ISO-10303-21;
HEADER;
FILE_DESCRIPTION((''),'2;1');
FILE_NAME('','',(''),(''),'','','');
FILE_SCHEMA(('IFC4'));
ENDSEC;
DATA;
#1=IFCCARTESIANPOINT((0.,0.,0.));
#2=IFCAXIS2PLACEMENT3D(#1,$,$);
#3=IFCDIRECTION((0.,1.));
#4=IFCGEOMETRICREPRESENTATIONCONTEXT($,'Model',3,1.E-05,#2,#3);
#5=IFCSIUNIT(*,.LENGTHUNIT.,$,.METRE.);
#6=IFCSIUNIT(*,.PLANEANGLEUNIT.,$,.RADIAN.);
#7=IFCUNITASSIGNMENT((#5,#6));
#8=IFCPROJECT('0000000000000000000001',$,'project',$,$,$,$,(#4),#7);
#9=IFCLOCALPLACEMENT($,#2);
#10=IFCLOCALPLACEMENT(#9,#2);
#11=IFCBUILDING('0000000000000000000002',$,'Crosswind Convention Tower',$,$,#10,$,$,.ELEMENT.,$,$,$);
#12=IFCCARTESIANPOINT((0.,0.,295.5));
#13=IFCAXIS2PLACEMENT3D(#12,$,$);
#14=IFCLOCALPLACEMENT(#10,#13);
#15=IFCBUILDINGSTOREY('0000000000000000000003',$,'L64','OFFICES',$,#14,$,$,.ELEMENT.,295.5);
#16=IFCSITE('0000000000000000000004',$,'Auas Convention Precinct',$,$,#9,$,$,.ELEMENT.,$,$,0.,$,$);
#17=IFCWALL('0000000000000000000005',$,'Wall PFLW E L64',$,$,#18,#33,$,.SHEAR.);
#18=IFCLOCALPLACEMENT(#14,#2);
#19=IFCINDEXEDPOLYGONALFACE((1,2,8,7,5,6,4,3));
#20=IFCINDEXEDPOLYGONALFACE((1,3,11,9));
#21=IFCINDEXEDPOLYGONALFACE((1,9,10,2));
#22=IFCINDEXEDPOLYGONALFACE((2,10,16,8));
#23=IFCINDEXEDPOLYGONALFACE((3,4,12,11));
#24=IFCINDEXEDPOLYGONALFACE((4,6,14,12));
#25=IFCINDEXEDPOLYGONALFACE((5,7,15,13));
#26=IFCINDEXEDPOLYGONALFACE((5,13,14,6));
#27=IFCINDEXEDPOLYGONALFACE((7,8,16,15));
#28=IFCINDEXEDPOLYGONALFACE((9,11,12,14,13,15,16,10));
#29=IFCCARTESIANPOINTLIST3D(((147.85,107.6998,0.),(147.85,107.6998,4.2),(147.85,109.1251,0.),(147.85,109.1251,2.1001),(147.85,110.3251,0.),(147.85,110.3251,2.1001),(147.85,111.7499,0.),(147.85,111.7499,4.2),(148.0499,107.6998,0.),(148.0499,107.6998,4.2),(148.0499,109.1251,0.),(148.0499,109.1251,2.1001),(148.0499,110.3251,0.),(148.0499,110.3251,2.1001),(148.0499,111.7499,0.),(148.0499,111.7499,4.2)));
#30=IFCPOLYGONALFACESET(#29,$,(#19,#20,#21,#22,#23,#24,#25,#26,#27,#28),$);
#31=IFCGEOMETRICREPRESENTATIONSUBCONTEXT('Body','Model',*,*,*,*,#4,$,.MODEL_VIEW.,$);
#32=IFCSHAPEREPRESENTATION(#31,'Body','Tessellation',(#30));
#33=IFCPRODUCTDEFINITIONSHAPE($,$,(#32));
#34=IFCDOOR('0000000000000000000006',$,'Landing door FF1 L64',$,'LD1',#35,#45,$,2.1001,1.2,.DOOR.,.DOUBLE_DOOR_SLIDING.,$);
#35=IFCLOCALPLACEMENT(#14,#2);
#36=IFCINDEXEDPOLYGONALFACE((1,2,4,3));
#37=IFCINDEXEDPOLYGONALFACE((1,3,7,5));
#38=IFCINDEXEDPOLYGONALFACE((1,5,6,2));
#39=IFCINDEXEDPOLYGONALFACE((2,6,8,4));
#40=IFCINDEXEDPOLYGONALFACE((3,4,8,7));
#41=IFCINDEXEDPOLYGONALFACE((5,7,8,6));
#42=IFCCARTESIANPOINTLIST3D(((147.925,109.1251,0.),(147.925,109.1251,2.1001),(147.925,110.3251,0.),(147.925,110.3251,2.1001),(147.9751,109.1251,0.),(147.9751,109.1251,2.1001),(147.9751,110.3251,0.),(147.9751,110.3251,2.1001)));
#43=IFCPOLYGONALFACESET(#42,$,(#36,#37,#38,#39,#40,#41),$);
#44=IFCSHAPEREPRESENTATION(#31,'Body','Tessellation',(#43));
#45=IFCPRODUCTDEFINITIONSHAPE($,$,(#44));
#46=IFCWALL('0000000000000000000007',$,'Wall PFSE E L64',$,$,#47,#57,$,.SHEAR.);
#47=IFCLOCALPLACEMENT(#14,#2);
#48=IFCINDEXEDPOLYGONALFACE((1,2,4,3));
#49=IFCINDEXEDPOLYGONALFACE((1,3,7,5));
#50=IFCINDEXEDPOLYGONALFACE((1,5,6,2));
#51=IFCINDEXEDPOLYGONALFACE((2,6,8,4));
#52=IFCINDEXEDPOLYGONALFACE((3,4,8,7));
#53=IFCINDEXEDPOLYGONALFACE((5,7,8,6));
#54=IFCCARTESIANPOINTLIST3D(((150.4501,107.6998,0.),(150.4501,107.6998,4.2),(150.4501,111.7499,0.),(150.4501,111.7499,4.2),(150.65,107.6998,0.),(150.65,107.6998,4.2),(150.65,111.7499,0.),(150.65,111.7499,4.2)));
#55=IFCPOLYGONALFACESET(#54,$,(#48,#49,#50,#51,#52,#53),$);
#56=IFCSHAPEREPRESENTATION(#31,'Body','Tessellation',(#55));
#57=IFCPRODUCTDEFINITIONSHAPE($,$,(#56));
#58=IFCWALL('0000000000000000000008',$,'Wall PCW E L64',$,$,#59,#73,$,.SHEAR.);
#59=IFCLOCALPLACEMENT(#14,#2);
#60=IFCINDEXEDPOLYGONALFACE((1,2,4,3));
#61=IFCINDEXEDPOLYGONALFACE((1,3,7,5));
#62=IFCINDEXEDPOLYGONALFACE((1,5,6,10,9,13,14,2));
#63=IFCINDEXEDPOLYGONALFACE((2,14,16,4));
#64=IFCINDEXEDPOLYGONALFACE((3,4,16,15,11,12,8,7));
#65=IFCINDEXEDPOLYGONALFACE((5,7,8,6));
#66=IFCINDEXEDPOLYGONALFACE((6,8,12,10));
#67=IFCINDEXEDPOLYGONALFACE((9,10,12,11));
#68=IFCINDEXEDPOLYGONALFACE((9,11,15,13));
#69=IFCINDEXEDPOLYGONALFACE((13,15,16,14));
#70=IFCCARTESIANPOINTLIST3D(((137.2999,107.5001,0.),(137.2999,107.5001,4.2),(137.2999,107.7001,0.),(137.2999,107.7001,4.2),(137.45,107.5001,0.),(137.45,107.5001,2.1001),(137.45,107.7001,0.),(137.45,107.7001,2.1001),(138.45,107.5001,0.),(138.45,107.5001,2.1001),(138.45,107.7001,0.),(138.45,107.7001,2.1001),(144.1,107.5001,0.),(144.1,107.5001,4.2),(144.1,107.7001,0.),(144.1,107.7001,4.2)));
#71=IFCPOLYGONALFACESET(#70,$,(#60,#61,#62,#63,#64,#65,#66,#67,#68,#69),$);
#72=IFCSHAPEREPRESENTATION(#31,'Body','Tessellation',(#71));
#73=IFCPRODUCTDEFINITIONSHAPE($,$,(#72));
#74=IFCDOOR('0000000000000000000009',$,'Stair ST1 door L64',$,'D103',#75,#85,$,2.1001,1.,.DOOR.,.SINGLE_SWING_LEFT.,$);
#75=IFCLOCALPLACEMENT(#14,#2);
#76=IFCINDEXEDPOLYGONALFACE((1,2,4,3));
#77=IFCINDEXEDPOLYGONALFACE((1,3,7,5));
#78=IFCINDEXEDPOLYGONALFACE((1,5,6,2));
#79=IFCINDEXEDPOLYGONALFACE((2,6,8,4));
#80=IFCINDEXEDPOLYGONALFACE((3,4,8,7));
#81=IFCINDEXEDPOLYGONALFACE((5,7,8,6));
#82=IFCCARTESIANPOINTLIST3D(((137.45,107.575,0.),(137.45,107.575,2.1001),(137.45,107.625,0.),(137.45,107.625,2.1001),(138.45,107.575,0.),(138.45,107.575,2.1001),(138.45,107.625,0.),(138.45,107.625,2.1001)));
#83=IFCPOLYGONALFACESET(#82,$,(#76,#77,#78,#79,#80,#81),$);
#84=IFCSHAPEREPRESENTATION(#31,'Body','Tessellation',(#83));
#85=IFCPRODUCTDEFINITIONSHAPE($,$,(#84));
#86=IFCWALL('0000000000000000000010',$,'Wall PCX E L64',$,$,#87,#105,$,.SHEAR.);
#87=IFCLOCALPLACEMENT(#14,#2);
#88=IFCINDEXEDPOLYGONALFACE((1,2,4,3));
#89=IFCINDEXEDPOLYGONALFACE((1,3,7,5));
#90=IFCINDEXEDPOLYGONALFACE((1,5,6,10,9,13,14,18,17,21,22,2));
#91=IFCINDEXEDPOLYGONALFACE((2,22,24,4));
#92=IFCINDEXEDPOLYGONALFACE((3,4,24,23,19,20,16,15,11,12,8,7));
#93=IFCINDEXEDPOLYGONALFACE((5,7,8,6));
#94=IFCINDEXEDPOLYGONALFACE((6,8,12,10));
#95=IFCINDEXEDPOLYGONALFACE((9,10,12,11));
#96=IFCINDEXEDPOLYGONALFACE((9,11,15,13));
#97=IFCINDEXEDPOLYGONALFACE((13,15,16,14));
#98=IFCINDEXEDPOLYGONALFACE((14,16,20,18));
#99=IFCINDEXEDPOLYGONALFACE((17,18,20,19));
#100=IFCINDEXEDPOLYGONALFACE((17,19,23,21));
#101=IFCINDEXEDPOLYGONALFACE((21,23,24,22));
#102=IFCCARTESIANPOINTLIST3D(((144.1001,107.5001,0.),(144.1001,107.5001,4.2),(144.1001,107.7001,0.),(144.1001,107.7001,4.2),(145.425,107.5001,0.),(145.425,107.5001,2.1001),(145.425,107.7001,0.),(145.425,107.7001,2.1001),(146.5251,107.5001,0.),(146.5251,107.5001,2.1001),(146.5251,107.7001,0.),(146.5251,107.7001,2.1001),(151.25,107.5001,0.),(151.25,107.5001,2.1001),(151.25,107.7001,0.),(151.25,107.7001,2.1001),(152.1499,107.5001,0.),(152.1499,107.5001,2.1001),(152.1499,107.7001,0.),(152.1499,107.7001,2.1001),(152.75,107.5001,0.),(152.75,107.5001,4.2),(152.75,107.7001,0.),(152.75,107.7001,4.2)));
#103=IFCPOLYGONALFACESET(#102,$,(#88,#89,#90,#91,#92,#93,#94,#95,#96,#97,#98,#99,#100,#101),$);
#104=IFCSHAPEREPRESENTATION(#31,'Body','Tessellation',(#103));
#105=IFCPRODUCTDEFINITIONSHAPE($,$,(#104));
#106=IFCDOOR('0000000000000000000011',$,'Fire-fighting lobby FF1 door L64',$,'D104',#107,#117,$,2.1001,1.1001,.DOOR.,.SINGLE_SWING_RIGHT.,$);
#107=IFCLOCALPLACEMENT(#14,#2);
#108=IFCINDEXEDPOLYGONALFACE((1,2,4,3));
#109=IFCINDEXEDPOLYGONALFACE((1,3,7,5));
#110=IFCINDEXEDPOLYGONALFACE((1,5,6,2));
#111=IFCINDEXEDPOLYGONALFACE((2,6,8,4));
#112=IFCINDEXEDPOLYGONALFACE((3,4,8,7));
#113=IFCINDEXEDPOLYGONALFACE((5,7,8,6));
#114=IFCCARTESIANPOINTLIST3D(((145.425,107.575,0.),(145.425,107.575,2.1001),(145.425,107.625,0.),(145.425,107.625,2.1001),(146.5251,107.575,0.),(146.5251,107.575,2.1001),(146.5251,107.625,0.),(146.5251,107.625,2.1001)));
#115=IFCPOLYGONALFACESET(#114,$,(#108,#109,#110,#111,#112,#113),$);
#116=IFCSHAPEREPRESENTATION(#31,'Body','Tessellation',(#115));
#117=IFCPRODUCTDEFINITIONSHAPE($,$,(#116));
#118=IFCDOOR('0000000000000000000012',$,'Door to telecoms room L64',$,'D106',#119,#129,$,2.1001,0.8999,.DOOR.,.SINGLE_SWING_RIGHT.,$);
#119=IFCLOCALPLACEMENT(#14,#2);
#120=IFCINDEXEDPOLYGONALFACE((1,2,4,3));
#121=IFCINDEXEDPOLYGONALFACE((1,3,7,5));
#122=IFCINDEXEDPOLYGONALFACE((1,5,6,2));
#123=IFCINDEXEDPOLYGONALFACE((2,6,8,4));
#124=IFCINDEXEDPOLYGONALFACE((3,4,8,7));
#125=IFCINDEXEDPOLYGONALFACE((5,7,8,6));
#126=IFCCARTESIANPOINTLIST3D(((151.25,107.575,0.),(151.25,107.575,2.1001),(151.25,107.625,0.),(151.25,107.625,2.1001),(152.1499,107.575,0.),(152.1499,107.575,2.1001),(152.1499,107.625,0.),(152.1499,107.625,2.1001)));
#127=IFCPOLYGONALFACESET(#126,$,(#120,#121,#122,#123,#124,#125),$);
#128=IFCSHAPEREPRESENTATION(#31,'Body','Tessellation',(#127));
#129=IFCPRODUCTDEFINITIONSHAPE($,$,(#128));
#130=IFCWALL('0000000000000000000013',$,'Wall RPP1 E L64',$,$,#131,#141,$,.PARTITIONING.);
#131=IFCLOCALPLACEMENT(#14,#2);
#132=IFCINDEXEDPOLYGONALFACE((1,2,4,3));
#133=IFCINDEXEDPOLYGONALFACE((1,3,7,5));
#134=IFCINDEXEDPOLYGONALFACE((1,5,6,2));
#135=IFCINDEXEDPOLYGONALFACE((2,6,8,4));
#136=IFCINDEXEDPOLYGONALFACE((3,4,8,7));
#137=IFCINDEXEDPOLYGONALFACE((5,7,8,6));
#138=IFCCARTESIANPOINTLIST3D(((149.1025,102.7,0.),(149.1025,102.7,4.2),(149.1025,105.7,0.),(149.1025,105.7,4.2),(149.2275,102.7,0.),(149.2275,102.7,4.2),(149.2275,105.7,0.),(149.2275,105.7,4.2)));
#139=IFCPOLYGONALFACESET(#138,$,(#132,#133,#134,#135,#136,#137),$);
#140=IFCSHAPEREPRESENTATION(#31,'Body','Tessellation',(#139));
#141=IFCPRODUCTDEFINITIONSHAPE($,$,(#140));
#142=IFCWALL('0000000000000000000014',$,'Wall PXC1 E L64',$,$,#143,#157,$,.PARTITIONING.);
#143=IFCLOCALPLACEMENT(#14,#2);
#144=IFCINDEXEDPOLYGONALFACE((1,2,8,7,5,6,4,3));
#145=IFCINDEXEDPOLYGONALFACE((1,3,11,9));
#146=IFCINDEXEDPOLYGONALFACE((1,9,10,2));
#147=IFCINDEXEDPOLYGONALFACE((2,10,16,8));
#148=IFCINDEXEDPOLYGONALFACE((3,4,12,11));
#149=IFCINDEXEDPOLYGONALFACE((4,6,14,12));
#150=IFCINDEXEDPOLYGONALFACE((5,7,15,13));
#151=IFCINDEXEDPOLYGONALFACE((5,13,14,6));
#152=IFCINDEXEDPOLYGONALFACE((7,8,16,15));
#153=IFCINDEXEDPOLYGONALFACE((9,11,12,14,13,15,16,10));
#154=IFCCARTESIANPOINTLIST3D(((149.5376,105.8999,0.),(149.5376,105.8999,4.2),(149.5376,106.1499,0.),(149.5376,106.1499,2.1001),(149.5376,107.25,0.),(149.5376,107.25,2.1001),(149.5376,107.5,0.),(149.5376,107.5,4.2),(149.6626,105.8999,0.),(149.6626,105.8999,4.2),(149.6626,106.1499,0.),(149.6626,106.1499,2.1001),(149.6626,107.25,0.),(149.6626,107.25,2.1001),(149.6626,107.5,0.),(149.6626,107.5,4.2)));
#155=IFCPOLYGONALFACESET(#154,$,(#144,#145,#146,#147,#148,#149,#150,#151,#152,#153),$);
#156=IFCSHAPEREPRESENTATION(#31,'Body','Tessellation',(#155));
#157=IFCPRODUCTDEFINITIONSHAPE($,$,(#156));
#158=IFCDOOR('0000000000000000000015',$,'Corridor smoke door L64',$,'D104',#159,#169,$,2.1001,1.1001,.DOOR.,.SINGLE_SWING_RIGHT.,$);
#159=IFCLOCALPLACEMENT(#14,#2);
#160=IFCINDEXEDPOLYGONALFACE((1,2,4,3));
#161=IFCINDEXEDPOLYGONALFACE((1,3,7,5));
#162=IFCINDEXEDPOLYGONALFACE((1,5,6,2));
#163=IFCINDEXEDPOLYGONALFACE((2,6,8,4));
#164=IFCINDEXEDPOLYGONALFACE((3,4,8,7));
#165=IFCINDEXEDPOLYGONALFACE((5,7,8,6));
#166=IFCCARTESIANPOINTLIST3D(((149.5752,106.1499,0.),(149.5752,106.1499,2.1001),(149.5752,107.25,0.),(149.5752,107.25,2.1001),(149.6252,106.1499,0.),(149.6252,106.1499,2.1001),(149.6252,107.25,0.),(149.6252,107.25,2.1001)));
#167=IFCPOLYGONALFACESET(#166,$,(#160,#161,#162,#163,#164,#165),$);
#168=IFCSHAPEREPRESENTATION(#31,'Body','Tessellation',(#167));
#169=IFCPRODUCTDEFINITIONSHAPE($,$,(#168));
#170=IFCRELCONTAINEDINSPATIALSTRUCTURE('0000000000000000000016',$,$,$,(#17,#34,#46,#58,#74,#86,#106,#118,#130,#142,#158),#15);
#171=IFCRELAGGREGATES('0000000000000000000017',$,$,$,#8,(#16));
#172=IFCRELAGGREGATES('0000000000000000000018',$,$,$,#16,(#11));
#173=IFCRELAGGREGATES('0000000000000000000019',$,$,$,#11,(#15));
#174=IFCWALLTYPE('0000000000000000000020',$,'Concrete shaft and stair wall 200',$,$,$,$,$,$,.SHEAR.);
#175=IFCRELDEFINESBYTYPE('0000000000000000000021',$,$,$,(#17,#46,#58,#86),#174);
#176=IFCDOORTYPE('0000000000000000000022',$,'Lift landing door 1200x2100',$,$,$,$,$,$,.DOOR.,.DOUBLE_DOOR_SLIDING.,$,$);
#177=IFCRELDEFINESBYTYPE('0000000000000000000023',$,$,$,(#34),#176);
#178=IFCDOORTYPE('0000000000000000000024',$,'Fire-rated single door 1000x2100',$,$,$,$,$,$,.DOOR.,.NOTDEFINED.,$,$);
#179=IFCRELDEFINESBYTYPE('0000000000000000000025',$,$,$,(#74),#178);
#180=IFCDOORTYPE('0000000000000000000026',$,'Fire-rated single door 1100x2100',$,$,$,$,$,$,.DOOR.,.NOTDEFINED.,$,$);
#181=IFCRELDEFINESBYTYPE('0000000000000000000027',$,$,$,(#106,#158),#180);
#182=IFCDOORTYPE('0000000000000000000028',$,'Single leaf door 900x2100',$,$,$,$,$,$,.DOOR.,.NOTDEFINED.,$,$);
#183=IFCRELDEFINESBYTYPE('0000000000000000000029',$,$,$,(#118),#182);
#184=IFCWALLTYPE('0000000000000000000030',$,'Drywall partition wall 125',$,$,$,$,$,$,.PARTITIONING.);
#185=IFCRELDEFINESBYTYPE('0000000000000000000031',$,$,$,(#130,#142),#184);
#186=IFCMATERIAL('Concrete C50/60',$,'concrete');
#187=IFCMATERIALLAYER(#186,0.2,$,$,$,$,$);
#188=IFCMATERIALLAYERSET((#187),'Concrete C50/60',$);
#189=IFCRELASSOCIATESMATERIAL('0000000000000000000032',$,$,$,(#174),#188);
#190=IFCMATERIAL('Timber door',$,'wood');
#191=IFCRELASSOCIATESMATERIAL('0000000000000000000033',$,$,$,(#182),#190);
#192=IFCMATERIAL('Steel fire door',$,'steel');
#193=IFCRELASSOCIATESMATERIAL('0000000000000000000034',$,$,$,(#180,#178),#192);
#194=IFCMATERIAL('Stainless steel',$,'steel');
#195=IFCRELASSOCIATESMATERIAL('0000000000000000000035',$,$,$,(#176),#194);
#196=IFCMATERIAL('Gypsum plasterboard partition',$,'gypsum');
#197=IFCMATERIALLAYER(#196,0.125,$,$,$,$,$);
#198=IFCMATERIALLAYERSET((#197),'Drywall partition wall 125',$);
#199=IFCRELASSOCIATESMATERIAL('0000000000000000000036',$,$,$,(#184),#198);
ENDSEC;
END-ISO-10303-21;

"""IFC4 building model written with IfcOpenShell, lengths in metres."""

from ifc_helpers import new_model, si_unit, direction, frame, frame_2d, origin, place, context, subcontext, project, spatial, rectangle, extrude, material, layer, layer_set, type_object, element, fill, save


model = new_model("IFC4")

# Units and contexts
model_context = context("Model", 3, precision=1e-05, world=origin(), true_north=direction((0.0, 1.0)))
body_context = subcontext(model_context, "Body", "Model", "MODEL_VIEW")
ifc_project = project(units=[si_unit("LENGTHUNIT", "METRE"), si_unit("PLANEANGLEUNIT", "RADIAN")], contexts=[model_context])

# Site, building, storey
site_placement = place(None, origin())
site = spatial("IfcSite", under=ifc_project, at=site_placement, Name="Auas Convention Precinct", CompositionType="ELEMENT", RefElevation=0.0)
building_placement = place(site_placement, origin())
building = spatial("IfcBuilding", under=site, at=building_placement, Name="Crosswind Convention Tower", CompositionType="ELEMENT")
storey_placement = place(building_placement, frame((0.0, 0.0, 295.5)))
storey = spatial("IfcBuildingStorey", under=building, at=storey_placement, Name="L64", Description="OFFICES", CompositionType="ELEMENT", Elevation=295.5)

# Shared definitions
ifc_material_1 = material(Name="Concrete C50/60", Category="concrete")
ifc_layer_1 = layer(ifc_material_1, 0.2)
ifc_layer_set_1 = layer_set([ifc_layer_1], Name="Concrete C50/60")
wall_type_1 = type_object("IfcWallType", Name="Concrete shaft and stair wall 200", PredefinedType="SHEAR", material=ifc_layer_set_1)

# Shared definitions
ifc_material_2 = material(Name="Timber door", Category="wood")
door_type_1 = type_object("IfcDoorType", Name="Single leaf door 900x2100", OperationType="NOTDEFINED", PredefinedType="DOOR", material=ifc_material_2)

# Shared definitions
ifc_material_3 = material(Name="Steel fire door", Category="steel")
door_type_2 = type_object("IfcDoorType", Name="Fire-rated single door 1100x2100", OperationType="NOTDEFINED", PredefinedType="DOOR", material=ifc_material_3)

# Wall, opening, door
wall_1_placement = place(storey_placement, frame((147.95, 107.7, 0.0), z_axis=(0.0, 0.0, 1.0), x_axis=(0.0, 1.0, 0.0)))
wall_1 = element("IfcWall", 1, at=wall_1_placement, inside=storey, type_object=wall_type_1, Name="Wall PFLW E L64", PredefinedType="SHEAR", context=body_context, shape_type="SweptSolid", body=[
    extrude(rectangle(XDim=4.05, YDim=0.2, at=frame_2d((2.0249, 0.0))), origin(), (0.0, 0.0, 1.0), 4.2),
])
opening_1_placement = place(wall_1_placement, frame((1.425, 0.0, 0.0)))
opening_1 = element("IfcOpeningElement", 2, at=opening_1_placement, cuts=wall_1, PredefinedType="OPENING", context=body_context, shape_type="SweptSolid", body=[
    extrude(rectangle(XDim=1.2, YDim=2.1001, at=frame_2d((0.6001, 1.05))), frame((0.0, 0.1099, 0.0), z_axis=(0.0, -1.0, 0.0), x_axis=(1.0, 0.0, 0.0)), (0.0, 0.0, 1.0), 0.22),
])
ifc_material_4 = material(Name="Stainless steel", Category="steel")
door_type_3 = type_object("IfcDoorType", Name="Lift landing door 1200x2100", OperationType="DOUBLE_DOOR_SLIDING", PredefinedType="DOOR", material=ifc_material_4)
door_1_placement = place(opening_1_placement, origin())
door_1 = element("IfcDoor", 3, at=door_1_placement, inside=storey, type_object=door_type_3, Name="Landing door FF1 L64", ObjectType="LD1", OperationType="DOUBLE_DOOR_SLIDING", OverallHeight=2.1001, OverallWidth=1.2, PredefinedType="DOOR", context=body_context, shape_type="SweptSolid", body=[
    extrude(rectangle(XDim=1.2, YDim=2.1001, at=frame_2d((0.6001, 1.05))), frame((0.0, 0.0249, 0.0), z_axis=(0.0, -1.0, 0.0), x_axis=(1.0, 0.0, 0.0)), (0.0, 0.0, 1.0), 0.05),
])
fill(opening_1, door_1)

# Wall
wall_2_placement = place(storey_placement, frame((150.55, 107.7, 0.0), z_axis=(0.0, 0.0, 1.0), x_axis=(0.0, 1.0, 0.0)))
element("IfcWall", 4, at=wall_2_placement, inside=storey, type_object=wall_type_1, Name="Wall PFSE E L64", PredefinedType="SHEAR", context=body_context, shape_type="SweptSolid", body=[
    extrude(rectangle(XDim=4.05, YDim=0.2, at=frame_2d((2.0249, 0.0))), origin(), (0.0, 0.0, 1.0), 4.2),
])

# Wall, opening, door
wall_3_placement = place(storey_placement, frame((137.3, 107.6001, 0.0), z_axis=(0.0, 0.0, 1.0), x_axis=(1.0, 0.0, 0.0)))
wall_3 = element("IfcWall", 5, at=wall_3_placement, inside=storey, type_object=wall_type_1, Name="Wall PCW E L64", PredefinedType="SHEAR", context=body_context, shape_type="SweptSolid", body=[
    extrude(rectangle(XDim=6.8, YDim=0.2, at=frame_2d((3.3999, 0.0))), origin(), (0.0, 0.0, 1.0), 4.2),
])
opening_2_placement = place(wall_3_placement, frame((0.1499, 0.0, 0.0)))
opening_2 = element("IfcOpeningElement", 6, at=opening_2_placement, cuts=wall_3, PredefinedType="OPENING", context=body_context, shape_type="SweptSolid", body=[
    extrude(rectangle(XDim=1.0, YDim=2.1001, at=frame_2d((0.5, 1.05))), frame((0.0, 0.1099, 0.0), z_axis=(0.0, -1.0, 0.0), x_axis=(1.0, 0.0, 0.0)), (0.0, 0.0, 1.0), 0.22),
])
door_type_4 = type_object("IfcDoorType", Name="Fire-rated single door 1000x2100", OperationType="NOTDEFINED", PredefinedType="DOOR", material=ifc_material_3)
door_2_placement = place(opening_2_placement, origin())
door_2 = element("IfcDoor", 7, at=door_2_placement, inside=storey, type_object=door_type_4, Name="Stair ST1 door L64", ObjectType="D103", OperationType="SINGLE_SWING_LEFT", OverallHeight=2.1001, OverallWidth=1.0, PredefinedType="DOOR", context=body_context, shape_type="SweptSolid", body=[
    extrude(rectangle(XDim=1.0, YDim=2.1001, at=frame_2d((0.5, 1.05))), frame((0.0, 0.0249, 0.0), z_axis=(0.0, -1.0, 0.0), x_axis=(1.0, 0.0, 0.0)), (0.0, 0.0, 1.0), 0.05),
])
fill(opening_2, door_2)

# Wall, openings, doors
wall_4_placement = place(storey_placement, frame((144.1001, 107.6001, 0.0), z_axis=(0.0, 0.0, 1.0), x_axis=(1.0, 0.0, 0.0)))
wall_4 = element("IfcWall", 8, at=wall_4_placement, inside=storey, type_object=wall_type_1, Name="Wall PCX E L64", PredefinedType="SHEAR", context=body_context, shape_type="SweptSolid", body=[
    extrude(rectangle(XDim=8.6499, YDim=0.2, at=frame_2d((4.325, 0.0))), origin(), (0.0, 0.0, 1.0), 4.2),
])
opening_3_placement = place(wall_4_placement, frame((1.325, 0.0, 0.0)))
opening_3 = element("IfcOpeningElement", 9, at=opening_3_placement, cuts=wall_4, PredefinedType="OPENING", context=body_context, shape_type="SweptSolid", body=[
    extrude(rectangle(XDim=1.1001, YDim=2.1001, at=frame_2d((0.55, 1.05))), frame((0.0, 0.1099, 0.0), z_axis=(0.0, -1.0, 0.0), x_axis=(1.0, 0.0, 0.0)), (0.0, 0.0, 1.0), 0.22),
])
opening_4_placement = place(wall_4_placement, frame((7.1499, 0.0, 0.0)))
opening_4 = element("IfcOpeningElement", 10, at=opening_4_placement, cuts=wall_4, PredefinedType="OPENING", context=body_context, shape_type="SweptSolid", body=[
    extrude(rectangle(XDim=0.8999, YDim=2.1001, at=frame_2d((0.45, 1.05))), frame((0.0, 0.1099, 0.0), z_axis=(0.0, -1.0, 0.0), x_axis=(1.0, 0.0, 0.0)), (0.0, 0.0, 1.0), 0.22),
])
door_3_placement = place(opening_3_placement, origin())
door_3 = element("IfcDoor", 11, at=door_3_placement, inside=storey, type_object=door_type_2, Name="Fire-fighting lobby FF1 door L64", ObjectType="D104", OperationType="SINGLE_SWING_RIGHT", OverallHeight=2.1001, OverallWidth=1.1001, PredefinedType="DOOR", context=body_context, shape_type="SweptSolid", body=[
    extrude(rectangle(XDim=1.1001, YDim=2.1001, at=frame_2d((0.55, 1.05))), frame((0.0, 0.0249, 0.0), z_axis=(0.0, -1.0, 0.0), x_axis=(1.0, 0.0, 0.0)), (0.0, 0.0, 1.0), 0.05),
])
fill(opening_3, door_3)
door_4_placement = place(opening_4_placement, origin())
door_4 = element("IfcDoor", 12, at=door_4_placement, inside=storey, type_object=door_type_1, Name="Door to telecoms room L64", ObjectType="D106", OperationType="SINGLE_SWING_RIGHT", OverallHeight=2.1001, OverallWidth=0.8999, PredefinedType="DOOR", context=body_context, shape_type="SweptSolid", body=[
    extrude(rectangle(XDim=0.8999, YDim=2.1001, at=frame_2d((0.45, 1.05))), frame((0.0, 0.0249, 0.0), z_axis=(0.0, -1.0, 0.0), x_axis=(1.0, 0.0, 0.0)), (0.0, 0.0, 1.0), 0.05),
])
fill(opening_4, door_4)

# Wall
ifc_material_5 = material(Name="Gypsum plasterboard partition", Category="gypsum")
ifc_layer_2 = layer(ifc_material_5, 0.125)
ifc_layer_set_2 = layer_set([ifc_layer_2], Name="Drywall partition wall 125")
wall_type_2 = type_object("IfcWallType", Name="Drywall partition wall 125", PredefinedType="PARTITIONING", material=ifc_layer_set_2)
wall_5_placement = place(storey_placement, frame((149.165, 102.7, 0.0), z_axis=(0.0, 0.0, 1.0), x_axis=(0.0, 1.0, 0.0)))
element("IfcWall", 13, at=wall_5_placement, inside=storey, type_object=wall_type_2, Name="Wall RPP1 E L64", PredefinedType="PARTITIONING", context=body_context, shape_type="SweptSolid", body=[
    extrude(rectangle(XDim=3.0, YDim=0.125, at=frame_2d((1.5, 0.0))), origin(), (0.0, 0.0, 1.0), 4.2),
])

# Wall, opening, door
wall_6_placement = place(storey_placement, frame((149.6001, 105.8999, 0.0), z_axis=(0.0, 0.0, 1.0), x_axis=(0.0, 1.0, 0.0)))
wall_6 = element("IfcWall", 14, at=wall_6_placement, inside=storey, type_object=wall_type_2, Name="Wall PXC1 E L64", PredefinedType="PARTITIONING", context=body_context, shape_type="SweptSolid", body=[
    extrude(rectangle(XDim=1.6001, YDim=0.125, at=frame_2d((0.8, 0.0))), origin(), (0.0, 0.0, 1.0), 4.2),
])
opening_5_placement = place(wall_6_placement, frame((0.25, 0.0, 0.0)))
opening_5 = element("IfcOpeningElement", 15, at=opening_5_placement, cuts=wall_6, PredefinedType="OPENING", context=body_context, shape_type="SweptSolid", body=[
    extrude(rectangle(XDim=1.1001, YDim=2.1001, at=frame_2d((0.55, 1.05))), frame((0.0, 0.0725, 0.0), z_axis=(0.0, -1.0, 0.0), x_axis=(1.0, 0.0, 0.0)), (0.0, 0.0, 1.0), 0.145),
])
door_5_placement = place(opening_5_placement, origin())
door_5 = element("IfcDoor", 16, at=door_5_placement, inside=storey, type_object=door_type_2, Name="Corridor smoke door L64", ObjectType="D104", OperationType="SINGLE_SWING_RIGHT", OverallHeight=2.1001, OverallWidth=1.1001, PredefinedType="DOOR", context=body_context, shape_type="SweptSolid", body=[
    extrude(rectangle(XDim=1.1001, YDim=2.1001, at=frame_2d((0.55, 1.05))), frame((0.0, 0.0249, 0.0), z_axis=(0.0, -1.0, 0.0), x_axis=(1.0, 0.0, 0.0)), (0.0, 0.0, 1.0), 0.05),
])
fill(opening_5, door_5)

save(model, "model.ifc")
